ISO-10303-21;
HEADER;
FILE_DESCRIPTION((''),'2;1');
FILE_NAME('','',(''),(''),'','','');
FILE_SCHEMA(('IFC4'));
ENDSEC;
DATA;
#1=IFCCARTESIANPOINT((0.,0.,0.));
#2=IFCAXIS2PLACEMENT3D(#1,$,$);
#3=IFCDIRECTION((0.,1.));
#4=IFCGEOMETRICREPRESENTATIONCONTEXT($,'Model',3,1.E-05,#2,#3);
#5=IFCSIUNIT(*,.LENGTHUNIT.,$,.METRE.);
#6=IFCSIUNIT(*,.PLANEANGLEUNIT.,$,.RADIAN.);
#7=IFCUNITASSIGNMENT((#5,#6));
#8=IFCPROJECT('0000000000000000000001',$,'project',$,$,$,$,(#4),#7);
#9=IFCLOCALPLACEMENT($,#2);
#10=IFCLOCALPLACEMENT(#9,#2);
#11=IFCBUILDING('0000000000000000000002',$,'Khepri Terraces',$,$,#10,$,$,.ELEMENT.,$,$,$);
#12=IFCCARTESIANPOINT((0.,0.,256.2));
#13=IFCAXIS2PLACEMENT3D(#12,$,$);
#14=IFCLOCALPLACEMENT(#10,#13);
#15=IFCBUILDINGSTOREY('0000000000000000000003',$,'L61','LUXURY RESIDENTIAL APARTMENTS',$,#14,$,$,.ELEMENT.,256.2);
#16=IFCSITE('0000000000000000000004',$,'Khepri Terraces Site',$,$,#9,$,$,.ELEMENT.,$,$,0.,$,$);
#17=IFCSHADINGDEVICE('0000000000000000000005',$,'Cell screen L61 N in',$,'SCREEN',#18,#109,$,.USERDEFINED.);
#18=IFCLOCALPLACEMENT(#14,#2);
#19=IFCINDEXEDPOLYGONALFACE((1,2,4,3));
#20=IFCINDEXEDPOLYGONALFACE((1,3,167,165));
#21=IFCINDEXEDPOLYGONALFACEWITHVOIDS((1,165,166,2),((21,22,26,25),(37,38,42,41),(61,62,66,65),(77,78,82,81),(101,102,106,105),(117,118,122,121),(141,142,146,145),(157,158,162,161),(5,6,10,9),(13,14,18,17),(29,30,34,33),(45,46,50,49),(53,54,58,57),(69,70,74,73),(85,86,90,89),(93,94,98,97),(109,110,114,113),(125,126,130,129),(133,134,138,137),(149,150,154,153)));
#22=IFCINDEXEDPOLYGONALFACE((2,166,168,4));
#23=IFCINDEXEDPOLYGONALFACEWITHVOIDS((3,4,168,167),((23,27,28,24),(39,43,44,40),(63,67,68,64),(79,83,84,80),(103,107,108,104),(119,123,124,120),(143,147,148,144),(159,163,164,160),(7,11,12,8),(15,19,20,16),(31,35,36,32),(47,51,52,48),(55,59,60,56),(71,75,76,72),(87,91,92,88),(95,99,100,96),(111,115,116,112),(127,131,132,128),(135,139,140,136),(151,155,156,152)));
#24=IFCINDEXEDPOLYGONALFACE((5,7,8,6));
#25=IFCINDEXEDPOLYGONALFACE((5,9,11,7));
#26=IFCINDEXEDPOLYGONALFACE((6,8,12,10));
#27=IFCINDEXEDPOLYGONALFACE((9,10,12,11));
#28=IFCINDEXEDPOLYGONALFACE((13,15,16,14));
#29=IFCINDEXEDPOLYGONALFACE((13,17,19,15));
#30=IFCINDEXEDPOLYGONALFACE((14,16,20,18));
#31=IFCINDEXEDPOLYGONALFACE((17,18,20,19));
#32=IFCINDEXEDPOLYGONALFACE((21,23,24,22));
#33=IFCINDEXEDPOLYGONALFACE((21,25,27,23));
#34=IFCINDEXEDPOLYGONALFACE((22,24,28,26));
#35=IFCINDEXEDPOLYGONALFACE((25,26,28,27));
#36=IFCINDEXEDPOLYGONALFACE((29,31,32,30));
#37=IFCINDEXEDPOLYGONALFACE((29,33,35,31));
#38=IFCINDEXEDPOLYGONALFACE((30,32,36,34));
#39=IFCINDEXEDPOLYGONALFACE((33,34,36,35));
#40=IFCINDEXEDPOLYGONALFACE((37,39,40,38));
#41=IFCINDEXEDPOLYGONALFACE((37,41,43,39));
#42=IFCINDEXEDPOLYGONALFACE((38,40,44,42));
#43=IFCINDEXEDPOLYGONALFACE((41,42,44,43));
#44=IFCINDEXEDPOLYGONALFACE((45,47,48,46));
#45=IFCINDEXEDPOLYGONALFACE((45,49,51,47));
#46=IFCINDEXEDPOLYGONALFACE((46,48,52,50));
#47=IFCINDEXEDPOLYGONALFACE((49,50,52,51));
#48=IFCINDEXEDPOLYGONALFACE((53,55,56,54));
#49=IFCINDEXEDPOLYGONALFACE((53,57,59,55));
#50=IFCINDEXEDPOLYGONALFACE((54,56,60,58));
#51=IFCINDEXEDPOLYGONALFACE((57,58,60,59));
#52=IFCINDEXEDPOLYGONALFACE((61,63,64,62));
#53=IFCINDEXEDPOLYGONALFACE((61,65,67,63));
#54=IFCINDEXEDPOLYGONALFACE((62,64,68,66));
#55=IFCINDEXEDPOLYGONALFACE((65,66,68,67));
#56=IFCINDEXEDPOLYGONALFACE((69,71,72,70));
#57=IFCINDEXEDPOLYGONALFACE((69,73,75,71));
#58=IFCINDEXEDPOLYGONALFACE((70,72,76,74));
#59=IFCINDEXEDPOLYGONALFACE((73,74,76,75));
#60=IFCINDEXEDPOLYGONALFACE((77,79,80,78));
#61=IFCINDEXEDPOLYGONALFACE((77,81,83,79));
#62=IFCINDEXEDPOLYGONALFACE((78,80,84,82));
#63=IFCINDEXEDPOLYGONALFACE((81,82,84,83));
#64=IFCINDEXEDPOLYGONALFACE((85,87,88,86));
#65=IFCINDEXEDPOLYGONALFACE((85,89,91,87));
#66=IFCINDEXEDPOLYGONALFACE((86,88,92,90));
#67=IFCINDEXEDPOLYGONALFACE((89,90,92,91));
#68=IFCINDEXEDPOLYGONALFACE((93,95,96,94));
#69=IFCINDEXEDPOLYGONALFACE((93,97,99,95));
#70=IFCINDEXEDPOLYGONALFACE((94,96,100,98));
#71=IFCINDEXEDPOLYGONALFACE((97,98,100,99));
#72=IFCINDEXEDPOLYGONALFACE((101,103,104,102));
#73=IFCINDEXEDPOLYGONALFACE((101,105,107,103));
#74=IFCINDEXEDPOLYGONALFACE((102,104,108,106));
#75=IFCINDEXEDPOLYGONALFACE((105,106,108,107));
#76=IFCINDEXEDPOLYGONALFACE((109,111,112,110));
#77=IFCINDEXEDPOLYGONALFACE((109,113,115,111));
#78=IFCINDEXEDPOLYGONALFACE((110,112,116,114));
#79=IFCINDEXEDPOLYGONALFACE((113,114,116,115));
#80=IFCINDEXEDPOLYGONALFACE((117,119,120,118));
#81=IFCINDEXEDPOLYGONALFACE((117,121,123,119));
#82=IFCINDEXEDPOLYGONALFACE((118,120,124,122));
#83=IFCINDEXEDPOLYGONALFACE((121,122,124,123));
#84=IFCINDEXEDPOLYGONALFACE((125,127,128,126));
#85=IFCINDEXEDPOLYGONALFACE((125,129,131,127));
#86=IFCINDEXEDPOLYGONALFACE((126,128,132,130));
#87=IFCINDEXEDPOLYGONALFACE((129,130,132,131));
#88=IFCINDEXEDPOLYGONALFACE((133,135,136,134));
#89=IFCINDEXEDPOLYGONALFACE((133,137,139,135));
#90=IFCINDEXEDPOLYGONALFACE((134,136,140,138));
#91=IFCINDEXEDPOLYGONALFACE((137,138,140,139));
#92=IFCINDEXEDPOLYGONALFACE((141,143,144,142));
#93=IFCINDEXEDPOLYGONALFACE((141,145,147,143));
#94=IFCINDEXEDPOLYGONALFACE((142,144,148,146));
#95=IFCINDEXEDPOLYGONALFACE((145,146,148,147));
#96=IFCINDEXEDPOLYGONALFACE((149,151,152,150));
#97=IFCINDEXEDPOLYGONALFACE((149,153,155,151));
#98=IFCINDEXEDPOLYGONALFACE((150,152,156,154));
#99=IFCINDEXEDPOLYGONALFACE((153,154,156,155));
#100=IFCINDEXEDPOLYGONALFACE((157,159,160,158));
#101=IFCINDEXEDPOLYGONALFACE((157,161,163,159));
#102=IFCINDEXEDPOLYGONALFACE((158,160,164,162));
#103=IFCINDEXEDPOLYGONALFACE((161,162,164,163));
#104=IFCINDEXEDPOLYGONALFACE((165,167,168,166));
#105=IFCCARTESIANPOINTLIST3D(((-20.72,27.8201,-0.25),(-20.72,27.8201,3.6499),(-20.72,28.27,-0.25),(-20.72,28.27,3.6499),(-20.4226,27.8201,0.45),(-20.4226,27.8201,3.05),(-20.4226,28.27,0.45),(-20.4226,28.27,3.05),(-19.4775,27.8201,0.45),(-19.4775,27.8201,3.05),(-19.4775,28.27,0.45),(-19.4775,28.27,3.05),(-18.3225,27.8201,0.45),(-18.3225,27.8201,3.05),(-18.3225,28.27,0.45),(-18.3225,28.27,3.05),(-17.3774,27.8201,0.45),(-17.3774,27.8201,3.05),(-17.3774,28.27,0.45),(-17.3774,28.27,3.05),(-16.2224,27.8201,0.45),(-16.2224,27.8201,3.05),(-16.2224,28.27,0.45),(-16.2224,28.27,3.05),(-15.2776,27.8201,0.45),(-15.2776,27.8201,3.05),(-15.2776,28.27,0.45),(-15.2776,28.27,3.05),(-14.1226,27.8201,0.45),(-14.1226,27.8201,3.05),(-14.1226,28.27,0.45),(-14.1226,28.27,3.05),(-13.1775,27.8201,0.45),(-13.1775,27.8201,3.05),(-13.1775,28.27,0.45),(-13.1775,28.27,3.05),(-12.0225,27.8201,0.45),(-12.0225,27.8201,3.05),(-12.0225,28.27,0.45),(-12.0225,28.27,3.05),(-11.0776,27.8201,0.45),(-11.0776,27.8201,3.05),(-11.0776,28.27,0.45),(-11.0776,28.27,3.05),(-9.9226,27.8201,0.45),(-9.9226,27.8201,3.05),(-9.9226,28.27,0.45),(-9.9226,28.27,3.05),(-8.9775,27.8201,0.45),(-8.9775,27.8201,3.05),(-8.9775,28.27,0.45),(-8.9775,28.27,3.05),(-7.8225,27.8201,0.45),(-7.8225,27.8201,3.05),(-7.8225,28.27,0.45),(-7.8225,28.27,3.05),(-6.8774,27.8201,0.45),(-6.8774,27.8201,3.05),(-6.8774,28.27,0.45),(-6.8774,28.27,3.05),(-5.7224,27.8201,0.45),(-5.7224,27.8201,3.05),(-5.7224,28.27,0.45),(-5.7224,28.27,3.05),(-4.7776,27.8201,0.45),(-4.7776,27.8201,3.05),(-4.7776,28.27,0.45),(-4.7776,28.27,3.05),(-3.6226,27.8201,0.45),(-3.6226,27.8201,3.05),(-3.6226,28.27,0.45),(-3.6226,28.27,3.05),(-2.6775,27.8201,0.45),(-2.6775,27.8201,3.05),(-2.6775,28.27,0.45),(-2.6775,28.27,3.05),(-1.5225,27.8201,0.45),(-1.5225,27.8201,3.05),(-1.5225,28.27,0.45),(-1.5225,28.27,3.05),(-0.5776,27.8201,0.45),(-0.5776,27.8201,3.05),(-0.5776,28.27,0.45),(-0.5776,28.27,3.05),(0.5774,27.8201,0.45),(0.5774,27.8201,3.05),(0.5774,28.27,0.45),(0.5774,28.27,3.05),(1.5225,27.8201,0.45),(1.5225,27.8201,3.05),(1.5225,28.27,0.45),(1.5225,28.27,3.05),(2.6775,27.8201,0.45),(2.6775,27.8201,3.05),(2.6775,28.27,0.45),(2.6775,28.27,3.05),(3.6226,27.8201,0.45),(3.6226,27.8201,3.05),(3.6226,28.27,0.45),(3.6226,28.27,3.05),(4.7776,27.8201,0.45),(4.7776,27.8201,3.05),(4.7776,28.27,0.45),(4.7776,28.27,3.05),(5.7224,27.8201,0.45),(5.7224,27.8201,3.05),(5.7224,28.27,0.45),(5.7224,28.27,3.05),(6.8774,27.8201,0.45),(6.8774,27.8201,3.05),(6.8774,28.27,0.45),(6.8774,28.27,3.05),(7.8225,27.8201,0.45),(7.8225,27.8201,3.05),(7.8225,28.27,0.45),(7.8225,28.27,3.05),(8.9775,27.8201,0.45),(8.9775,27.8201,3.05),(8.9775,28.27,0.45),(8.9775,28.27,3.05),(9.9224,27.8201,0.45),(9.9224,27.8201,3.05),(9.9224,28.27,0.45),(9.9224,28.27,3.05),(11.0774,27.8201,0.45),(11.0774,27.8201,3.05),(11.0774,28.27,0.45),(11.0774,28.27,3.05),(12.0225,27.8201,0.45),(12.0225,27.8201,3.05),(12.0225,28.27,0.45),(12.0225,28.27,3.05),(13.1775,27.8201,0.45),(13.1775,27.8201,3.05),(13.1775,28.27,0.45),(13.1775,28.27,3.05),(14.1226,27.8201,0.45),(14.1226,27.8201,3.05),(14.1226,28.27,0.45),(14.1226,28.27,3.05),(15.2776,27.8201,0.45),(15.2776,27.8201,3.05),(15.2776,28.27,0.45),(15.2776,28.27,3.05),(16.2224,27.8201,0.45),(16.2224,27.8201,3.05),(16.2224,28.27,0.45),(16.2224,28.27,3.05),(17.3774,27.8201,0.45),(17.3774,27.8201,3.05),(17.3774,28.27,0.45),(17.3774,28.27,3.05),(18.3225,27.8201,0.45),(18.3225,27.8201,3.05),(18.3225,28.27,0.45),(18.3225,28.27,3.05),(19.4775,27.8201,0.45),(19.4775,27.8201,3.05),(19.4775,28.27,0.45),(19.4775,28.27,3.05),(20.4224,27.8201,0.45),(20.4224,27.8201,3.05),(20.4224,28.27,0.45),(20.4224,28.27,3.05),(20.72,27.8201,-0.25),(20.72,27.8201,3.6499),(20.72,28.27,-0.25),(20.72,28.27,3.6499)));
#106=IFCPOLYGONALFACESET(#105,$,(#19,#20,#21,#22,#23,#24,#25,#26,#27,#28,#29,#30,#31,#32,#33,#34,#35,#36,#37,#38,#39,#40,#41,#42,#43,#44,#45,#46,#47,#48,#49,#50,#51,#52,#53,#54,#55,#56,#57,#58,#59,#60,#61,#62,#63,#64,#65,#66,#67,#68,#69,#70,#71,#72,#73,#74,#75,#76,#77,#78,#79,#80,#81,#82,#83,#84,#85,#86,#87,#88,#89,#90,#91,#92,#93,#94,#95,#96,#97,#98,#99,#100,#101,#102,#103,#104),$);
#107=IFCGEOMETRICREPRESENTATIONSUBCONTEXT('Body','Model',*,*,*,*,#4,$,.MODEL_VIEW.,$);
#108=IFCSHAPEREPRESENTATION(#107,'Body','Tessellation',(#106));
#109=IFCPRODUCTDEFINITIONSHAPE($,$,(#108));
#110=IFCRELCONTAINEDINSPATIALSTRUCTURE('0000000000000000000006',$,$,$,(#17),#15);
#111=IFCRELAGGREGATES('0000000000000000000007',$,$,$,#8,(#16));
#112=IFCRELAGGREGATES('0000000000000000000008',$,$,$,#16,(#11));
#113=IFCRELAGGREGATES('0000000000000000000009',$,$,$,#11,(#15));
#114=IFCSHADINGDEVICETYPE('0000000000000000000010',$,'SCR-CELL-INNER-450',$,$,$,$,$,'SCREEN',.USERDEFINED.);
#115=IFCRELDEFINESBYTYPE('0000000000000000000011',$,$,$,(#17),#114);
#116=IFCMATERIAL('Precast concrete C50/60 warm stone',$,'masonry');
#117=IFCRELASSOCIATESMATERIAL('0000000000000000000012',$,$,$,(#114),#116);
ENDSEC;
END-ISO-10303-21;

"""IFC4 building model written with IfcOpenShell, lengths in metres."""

from ifc_helpers import new_model, si_unit, direction, frame, origin, place, context, subcontext, project, spatial, polyline, outline, extrude, material, type_object, element, save


model = new_model("IFC4")

# Units and contexts
model_context = context("Model", 3, precision=1e-05, world=origin(), true_north=direction((0.0, 1.0)))
body_context = subcontext(model_context, "Body", "Model", "MODEL_VIEW")
ifc_project = project(units=[si_unit("LENGTHUNIT", "METRE"), si_unit("PLANEANGLEUNIT", "RADIAN")], contexts=[model_context])

# Site, building, storey
site_placement = place(None, origin())
site = spatial("IfcSite", under=ifc_project, at=site_placement, Name="Khepri Terraces Site", CompositionType="ELEMENT", RefElevation=0.0)
building_placement = place(site_placement, origin())
building = spatial("IfcBuilding", under=site, at=building_placement, Name="Khepri Terraces", CompositionType="ELEMENT")
storey_placement = place(building_placement, frame((0.0, 0.0, 256.2)))
storey = spatial("IfcBuildingStorey", under=building, at=storey_placement, Name="L61", Description="LUXURY RESIDENTIAL APARTMENTS", CompositionType="ELEMENT", Elevation=256.2)

# Shared definitions
ifc_material_1 = material(Name="Precast concrete C50/60 warm stone", Category="masonry")

# Shading device
shading_device_type_1 = type_object("IfcShadingDeviceType", Name="SCR-CELL-INNER-450", ElementType="SCREEN", PredefinedType="USERDEFINED", material=ifc_material_1)
shading_device_1_placement = place(storey_placement, frame((20.72, 27.8201, -0.25), z_axis=(0.0, 1.0, 0.0), x_axis=(-1.0, 0.0, 0.0)))
element("IfcShadingDevice", 1, at=shading_device_1_placement, inside=storey, type_object=shading_device_type_1, Name="Cell screen L61 N in", ObjectType="SCREEN", PredefinedType="USERDEFINED", context=body_context, shape_type="SweptSolid", body=[
    extrude(outline(polyline([(0.0, 0.0), (41.4399, 0.0), (41.4399, 3.8999), (0.0, 3.8999), (0.0, 0.0)]), holes=[polyline([(0.2976, 0.7), (1.2424, 0.7), (1.2424, 3.3), (0.2976, 3.3), (0.2976, 0.7)]), polyline([(2.3975, 0.7), (3.3425, 0.7), (3.3425, 3.3), (2.3975, 3.3), (2.3975, 0.7)]), polyline([(4.4976, 0.7), (5.4424, 0.7), (5.4424, 3.3), (4.4976, 3.3), (4.4976, 0.7)]), polyline([(6.5974, 0.7), (7.5425, 0.7), (7.5425, 3.3), (6.5974, 3.3), (6.5974, 0.7)]), polyline([(8.6975, 0.7), (9.6426, 0.7), (9.6426, 3.3), (8.6975, 3.3), (8.6975, 0.7)]), polyline([(10.7976, 0.7), (11.7424, 0.7), (11.7424, 3.3), (10.7976, 3.3), (10.7976, 0.7)]), polyline([(12.8975, 0.7), (13.8425, 0.7), (13.8425, 3.3), (12.8975, 3.3), (12.8975, 0.7)]), polyline([(14.9976, 0.7), (15.9424, 0.7), (15.9424, 3.3), (14.9976, 3.3), (14.9976, 0.7)]), polyline([(17.0974, 0.7), (18.0425, 0.7), (18.0425, 3.3), (17.0974, 3.3), (17.0974, 0.7)]), polyline([(19.1975, 0.7), (20.1426, 0.7), (20.1426, 3.3), (19.1975, 3.3), (19.1975, 0.7)]), polyline([(21.2976, 0.7), (22.2424, 0.7), (22.2424, 3.3), (21.2976, 3.3), (21.2976, 0.7)]), polyline([(23.3975, 0.7), (24.3425, 0.7), (24.3425, 3.3), (23.3975, 3.3), (23.3975, 0.7)]), polyline([(25.4976, 0.7), (26.4424, 0.7), (26.4424, 3.3), (25.4976, 3.3), (25.4976, 0.7)]), polyline([(27.5974, 0.7), (28.5425, 0.7), (28.5425, 3.3), (27.5974, 3.3), (27.5974, 0.7)]), polyline([(29.6975, 0.7), (30.6426, 0.7), (30.6426, 3.3), (29.6975, 3.3), (29.6975, 0.7)]), polyline([(31.7976, 0.7), (32.7424, 0.7), (32.7424, 3.3), (31.7976, 3.3), (31.7976, 0.7)]), polyline([(33.8975, 0.7), (34.8425, 0.7), (34.8425, 3.3), (33.8975, 3.3), (33.8975, 0.7)]), polyline([(35.9976, 0.7), (36.9424, 0.7), (36.9424, 3.3), (35.9976, 3.3), (35.9976, 0.7)]), polyline([(38.0974, 0.7), (39.0425, 0.7), (39.0425, 3.3), (38.0974, 3.3), (38.0974, 0.7)]), polyline([(40.1975, 0.7), (41.1426, 0.7), (41.1426, 3.3), (40.1975, 3.3), (40.1975, 0.7)])]), origin(), (0.0, 0.0, 1.0), 0.45),
])

save(model, "model.ifc")
